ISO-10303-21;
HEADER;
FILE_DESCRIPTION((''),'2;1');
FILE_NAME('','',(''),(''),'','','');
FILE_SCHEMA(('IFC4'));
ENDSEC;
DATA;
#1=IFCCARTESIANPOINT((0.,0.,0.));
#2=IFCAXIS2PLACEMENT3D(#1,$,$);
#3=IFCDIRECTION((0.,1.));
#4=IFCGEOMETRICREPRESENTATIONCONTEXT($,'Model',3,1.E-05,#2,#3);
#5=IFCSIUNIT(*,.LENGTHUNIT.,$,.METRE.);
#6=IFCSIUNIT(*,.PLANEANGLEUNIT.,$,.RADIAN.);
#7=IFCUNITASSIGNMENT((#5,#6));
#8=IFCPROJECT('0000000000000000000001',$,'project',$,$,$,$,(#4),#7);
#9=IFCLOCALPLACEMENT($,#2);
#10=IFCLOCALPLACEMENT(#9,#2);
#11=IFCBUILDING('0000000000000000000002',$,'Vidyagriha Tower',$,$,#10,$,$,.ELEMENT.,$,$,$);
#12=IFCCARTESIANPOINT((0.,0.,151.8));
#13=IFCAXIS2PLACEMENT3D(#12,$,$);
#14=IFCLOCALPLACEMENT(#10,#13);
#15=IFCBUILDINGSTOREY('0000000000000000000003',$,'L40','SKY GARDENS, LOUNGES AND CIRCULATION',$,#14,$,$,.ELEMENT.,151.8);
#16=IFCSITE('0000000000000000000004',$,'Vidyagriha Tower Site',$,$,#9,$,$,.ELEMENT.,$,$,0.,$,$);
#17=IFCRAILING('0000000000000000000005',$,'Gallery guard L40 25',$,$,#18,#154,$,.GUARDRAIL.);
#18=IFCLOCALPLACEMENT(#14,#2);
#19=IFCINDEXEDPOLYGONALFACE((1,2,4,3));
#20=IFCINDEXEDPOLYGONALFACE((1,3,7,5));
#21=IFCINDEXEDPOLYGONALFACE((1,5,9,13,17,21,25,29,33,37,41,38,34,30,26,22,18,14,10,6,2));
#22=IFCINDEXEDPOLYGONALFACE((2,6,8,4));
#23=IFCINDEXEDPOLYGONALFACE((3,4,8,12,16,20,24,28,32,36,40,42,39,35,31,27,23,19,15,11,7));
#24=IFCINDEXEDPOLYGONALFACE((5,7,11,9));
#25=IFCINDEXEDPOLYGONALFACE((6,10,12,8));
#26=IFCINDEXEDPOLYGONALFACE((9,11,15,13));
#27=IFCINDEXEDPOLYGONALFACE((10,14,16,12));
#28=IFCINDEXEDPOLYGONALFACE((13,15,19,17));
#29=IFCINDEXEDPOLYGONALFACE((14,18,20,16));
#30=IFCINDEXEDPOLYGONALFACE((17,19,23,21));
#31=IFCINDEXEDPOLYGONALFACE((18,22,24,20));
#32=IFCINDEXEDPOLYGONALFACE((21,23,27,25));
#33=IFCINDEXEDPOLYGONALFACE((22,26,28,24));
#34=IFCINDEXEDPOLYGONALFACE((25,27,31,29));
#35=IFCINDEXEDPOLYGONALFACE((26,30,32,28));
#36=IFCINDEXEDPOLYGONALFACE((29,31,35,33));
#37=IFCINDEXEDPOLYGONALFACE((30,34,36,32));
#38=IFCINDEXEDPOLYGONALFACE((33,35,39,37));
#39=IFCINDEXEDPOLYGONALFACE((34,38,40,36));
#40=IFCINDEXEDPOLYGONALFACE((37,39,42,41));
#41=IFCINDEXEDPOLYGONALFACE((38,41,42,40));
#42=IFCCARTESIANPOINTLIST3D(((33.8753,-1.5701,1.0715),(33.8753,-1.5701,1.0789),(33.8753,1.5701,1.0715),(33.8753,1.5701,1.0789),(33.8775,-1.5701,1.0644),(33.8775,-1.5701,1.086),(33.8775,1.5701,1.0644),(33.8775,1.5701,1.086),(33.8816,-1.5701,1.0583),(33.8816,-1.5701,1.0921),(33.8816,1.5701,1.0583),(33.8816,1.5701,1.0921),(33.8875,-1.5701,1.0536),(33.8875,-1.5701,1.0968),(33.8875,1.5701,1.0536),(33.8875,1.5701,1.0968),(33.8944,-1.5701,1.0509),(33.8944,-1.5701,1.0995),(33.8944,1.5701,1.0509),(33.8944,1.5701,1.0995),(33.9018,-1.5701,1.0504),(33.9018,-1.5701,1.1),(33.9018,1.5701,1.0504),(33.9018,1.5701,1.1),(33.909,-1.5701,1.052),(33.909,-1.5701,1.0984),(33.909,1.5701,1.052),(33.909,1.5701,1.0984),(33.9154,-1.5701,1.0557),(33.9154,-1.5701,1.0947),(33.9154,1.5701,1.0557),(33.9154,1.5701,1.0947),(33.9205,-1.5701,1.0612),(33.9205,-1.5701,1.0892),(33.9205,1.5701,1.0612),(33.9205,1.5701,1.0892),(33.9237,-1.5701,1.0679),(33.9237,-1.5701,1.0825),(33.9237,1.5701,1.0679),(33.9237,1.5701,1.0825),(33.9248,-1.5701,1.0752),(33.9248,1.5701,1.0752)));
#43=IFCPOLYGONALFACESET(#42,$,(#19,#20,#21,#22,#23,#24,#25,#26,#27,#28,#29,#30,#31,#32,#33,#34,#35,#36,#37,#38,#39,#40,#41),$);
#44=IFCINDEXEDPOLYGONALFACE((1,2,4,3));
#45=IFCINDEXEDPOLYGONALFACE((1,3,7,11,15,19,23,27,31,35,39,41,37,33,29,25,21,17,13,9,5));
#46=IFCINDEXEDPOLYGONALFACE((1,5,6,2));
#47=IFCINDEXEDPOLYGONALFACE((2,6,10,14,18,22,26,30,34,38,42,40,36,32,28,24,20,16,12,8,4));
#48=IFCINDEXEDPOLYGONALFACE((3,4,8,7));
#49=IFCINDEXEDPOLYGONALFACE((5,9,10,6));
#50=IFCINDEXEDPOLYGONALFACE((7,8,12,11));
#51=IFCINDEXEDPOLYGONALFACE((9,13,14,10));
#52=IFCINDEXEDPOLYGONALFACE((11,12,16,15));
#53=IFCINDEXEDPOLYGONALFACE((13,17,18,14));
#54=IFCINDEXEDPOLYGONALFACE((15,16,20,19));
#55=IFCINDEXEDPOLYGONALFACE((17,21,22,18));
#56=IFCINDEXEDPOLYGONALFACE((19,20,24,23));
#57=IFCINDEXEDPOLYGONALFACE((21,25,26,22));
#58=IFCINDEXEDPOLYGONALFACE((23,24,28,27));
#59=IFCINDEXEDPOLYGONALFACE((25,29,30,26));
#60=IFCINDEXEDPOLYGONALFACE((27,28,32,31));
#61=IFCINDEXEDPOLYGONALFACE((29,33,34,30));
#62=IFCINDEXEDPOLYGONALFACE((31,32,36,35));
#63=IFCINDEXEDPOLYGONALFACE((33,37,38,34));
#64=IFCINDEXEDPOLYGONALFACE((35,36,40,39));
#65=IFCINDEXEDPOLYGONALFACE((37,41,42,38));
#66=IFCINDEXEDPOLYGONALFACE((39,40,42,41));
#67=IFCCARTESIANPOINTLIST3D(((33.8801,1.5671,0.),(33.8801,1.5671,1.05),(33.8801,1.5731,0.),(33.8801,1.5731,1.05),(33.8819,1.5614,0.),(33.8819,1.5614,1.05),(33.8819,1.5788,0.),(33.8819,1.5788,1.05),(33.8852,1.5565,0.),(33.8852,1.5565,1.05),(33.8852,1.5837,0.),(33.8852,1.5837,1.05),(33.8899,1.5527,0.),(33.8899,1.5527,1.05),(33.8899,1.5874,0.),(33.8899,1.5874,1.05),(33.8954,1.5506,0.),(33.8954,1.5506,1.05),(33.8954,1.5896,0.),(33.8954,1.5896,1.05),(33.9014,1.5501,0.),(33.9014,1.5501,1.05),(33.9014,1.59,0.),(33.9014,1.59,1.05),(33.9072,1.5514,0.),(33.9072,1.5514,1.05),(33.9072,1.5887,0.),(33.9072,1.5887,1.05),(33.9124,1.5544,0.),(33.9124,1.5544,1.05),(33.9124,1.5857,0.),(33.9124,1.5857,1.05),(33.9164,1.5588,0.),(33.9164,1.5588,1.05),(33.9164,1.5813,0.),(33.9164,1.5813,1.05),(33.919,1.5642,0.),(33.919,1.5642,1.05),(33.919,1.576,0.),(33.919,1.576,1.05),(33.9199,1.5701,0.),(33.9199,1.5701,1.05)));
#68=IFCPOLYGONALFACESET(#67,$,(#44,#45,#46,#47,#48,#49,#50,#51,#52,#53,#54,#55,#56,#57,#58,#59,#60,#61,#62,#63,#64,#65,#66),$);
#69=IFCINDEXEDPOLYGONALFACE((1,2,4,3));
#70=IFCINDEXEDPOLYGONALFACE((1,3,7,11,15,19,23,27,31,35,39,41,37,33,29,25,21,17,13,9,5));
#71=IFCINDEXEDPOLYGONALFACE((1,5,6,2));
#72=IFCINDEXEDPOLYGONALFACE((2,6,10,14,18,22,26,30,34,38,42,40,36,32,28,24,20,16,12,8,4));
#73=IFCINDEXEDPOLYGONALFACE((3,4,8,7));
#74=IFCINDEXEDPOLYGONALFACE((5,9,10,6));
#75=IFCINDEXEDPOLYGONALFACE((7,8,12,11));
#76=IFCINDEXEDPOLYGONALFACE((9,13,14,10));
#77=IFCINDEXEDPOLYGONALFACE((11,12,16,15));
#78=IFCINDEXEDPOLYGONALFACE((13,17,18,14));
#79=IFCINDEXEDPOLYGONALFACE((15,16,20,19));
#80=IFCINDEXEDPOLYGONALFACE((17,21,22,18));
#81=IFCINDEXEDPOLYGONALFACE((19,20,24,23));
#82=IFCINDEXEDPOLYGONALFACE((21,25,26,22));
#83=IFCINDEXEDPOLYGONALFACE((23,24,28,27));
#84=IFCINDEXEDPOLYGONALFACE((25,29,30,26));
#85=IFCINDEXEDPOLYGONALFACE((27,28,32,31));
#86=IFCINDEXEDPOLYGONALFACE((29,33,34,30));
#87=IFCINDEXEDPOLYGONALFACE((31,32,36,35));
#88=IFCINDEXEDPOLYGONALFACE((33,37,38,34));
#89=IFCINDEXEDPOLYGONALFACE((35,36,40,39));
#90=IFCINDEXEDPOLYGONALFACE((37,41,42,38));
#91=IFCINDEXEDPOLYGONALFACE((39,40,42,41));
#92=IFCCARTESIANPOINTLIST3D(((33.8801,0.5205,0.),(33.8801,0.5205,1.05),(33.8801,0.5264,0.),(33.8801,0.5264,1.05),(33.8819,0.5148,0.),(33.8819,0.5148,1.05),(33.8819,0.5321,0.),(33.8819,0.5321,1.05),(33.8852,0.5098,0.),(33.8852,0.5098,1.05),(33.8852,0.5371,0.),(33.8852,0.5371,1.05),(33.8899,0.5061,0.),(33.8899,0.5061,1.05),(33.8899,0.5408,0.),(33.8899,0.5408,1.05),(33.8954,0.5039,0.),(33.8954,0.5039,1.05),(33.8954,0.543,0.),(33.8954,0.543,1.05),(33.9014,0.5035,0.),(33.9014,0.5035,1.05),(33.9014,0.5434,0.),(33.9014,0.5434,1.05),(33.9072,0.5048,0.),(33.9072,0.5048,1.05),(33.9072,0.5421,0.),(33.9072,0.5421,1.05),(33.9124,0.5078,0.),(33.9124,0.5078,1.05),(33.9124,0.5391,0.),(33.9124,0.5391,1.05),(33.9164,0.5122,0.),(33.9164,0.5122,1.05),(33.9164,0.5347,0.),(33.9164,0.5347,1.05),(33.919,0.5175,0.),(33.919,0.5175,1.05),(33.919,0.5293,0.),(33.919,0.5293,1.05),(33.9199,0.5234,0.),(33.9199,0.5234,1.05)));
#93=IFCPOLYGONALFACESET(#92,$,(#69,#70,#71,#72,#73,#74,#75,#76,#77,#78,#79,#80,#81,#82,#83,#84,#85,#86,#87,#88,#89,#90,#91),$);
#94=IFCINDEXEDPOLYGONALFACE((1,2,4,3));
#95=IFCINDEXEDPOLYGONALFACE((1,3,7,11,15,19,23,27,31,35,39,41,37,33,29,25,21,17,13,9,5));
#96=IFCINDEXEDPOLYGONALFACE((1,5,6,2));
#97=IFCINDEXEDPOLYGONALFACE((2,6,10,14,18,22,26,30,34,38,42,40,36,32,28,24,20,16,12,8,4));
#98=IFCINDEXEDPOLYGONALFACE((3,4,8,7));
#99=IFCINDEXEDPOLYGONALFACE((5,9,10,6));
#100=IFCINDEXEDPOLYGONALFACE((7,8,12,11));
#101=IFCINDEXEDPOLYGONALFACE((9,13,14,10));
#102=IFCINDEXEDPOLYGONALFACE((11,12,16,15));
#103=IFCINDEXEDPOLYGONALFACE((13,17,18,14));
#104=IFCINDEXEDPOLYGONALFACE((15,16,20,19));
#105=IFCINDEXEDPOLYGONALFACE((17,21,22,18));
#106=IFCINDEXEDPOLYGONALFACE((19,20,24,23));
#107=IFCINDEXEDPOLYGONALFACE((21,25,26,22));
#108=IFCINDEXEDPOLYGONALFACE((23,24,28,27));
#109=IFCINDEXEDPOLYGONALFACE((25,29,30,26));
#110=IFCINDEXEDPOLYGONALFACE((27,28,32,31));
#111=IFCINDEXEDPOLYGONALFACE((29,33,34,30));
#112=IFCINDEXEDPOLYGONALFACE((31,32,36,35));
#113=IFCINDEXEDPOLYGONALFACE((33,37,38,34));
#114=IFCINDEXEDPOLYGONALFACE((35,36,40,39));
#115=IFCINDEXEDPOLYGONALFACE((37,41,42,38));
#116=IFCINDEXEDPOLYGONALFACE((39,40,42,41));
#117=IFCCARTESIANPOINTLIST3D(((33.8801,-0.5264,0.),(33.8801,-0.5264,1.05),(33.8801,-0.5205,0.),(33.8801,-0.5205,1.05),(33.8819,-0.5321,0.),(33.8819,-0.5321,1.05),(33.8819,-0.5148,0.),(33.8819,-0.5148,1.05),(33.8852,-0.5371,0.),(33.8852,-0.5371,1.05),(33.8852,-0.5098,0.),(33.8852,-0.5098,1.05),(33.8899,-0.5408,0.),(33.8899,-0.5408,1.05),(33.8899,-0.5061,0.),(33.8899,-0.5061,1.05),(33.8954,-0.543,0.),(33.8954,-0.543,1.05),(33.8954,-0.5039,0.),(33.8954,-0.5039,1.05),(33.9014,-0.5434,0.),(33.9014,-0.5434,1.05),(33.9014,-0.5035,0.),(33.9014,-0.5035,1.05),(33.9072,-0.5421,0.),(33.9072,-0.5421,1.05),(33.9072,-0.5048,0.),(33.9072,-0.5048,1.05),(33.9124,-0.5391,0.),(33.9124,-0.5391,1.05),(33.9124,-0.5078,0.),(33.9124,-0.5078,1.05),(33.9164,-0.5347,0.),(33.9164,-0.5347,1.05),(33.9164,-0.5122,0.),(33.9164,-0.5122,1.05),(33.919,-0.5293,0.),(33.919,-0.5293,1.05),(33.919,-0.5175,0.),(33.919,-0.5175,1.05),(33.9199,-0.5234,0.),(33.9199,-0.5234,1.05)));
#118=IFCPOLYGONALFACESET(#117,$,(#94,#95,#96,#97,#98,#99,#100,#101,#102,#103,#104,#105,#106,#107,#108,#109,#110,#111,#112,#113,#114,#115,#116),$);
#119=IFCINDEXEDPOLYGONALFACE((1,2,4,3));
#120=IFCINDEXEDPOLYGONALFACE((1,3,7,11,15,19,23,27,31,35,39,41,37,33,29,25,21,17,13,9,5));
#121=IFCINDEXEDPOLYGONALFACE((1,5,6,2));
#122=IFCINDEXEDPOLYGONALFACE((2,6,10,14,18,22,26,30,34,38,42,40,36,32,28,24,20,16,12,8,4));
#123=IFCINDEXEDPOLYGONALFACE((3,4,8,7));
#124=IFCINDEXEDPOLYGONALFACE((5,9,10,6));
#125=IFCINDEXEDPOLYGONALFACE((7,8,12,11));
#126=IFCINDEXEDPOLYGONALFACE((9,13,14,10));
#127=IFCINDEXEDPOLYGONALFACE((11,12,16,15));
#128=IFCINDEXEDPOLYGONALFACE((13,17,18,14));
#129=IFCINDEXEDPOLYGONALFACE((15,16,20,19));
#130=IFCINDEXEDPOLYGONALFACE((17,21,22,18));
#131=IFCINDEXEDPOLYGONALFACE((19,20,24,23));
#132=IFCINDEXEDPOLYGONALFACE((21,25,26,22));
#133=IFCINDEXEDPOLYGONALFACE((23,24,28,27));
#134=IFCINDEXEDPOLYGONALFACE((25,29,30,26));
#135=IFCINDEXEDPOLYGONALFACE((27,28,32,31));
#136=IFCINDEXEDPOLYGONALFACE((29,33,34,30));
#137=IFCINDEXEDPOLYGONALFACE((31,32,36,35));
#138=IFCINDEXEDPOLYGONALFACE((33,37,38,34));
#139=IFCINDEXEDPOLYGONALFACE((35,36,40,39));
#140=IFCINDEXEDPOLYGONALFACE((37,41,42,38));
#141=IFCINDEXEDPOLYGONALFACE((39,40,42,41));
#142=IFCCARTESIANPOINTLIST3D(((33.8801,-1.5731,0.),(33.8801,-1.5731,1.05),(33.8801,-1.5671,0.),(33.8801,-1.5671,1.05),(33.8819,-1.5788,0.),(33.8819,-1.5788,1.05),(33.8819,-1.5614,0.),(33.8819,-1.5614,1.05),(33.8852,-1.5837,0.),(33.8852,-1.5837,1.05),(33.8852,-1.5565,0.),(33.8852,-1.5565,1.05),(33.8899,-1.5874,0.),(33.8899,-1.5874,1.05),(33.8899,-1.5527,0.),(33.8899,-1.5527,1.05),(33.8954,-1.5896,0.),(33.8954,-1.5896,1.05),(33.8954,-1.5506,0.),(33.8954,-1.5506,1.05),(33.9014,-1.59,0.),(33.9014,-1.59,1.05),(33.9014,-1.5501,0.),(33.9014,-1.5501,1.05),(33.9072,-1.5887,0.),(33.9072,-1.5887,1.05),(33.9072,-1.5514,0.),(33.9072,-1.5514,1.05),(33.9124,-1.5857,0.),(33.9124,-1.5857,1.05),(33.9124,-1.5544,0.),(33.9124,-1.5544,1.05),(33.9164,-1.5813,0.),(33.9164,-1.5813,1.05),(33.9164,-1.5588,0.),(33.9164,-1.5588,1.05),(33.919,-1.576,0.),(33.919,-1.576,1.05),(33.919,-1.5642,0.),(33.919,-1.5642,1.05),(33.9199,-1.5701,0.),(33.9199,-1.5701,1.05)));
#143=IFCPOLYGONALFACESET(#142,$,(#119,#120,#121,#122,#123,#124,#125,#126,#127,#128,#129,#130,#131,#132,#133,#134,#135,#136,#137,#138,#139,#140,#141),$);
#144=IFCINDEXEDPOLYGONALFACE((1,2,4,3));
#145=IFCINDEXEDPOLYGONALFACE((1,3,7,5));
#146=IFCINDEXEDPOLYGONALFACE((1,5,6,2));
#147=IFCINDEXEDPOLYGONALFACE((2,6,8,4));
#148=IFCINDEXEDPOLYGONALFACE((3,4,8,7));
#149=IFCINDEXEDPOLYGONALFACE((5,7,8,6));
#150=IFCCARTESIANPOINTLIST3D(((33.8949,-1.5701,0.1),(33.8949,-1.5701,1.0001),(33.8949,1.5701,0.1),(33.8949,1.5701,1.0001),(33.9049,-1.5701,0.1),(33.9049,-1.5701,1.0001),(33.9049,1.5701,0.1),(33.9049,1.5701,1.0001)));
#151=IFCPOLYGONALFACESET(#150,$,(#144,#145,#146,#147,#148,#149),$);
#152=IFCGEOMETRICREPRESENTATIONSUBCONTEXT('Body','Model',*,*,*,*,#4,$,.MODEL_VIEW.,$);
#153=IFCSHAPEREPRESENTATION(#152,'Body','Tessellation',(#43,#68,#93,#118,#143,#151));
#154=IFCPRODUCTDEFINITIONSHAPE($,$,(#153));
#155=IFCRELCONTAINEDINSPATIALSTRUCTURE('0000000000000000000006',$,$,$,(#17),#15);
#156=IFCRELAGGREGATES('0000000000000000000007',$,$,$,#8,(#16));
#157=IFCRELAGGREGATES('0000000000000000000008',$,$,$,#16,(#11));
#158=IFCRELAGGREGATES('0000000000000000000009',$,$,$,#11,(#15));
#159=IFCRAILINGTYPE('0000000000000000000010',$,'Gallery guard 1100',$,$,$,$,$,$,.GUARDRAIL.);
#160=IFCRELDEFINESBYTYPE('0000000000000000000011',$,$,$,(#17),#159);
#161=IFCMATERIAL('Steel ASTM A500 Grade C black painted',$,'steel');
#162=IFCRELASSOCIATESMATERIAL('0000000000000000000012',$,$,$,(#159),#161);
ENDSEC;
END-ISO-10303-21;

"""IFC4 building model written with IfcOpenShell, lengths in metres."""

from ifc_helpers import new_model, si_unit, direction, frame, origin, origin_2d, place, context, subcontext, project, spatial, rectangle, circle, extrude, material, type_object, element, save


model = new_model("IFC4")

# Units and contexts
model_context = context("Model", 3, precision=1e-05, world=origin(), true_north=direction((0.0, 1.0)))
body_context = subcontext(model_context, "Body", "Model", "MODEL_VIEW")
ifc_project = project(units=[si_unit("LENGTHUNIT", "METRE"), si_unit("PLANEANGLEUNIT", "RADIAN")], contexts=[model_context])

# Site, building, storey
site_placement = place(None, origin())
site = spatial("IfcSite", under=ifc_project, at=site_placement, Name="Vidyagriha Tower Site", CompositionType="ELEMENT", RefElevation=0.0)
building_placement = place(site_placement, origin())
building = spatial("IfcBuilding", under=site, at=building_placement, Name="Vidyagriha Tower", CompositionType="ELEMENT")
storey_placement = place(building_placement, frame((0.0, 0.0, 151.8)))
storey = spatial("IfcBuildingStorey", under=building, at=storey_placement, Name="L40", Description="SKY GARDENS, LOUNGES AND CIRCULATION", CompositionType="ELEMENT", Elevation=151.8)

# Railing
ifc_material_1 = material(Name="Steel ASTM A500 Grade C black painted", Category="steel")
railing_type = type_object("IfcRailingType", Name="Gallery guard 1100", PredefinedType="GUARDRAIL", material=ifc_material_1)
railing_1_placement = place(storey_placement, frame((33.8999, 1.5701, 0.0)))
element("IfcRailing", 1, at=railing_1_placement, inside=storey, type_object=railing_type, Name="Gallery guard L40 25", PredefinedType="GUARDRAIL", context=body_context, shape_type="SweptSolid", body=[
    extrude(circle(Radius=0.0249, at=origin_2d()), frame((0.0, 0.0, 1.0752), z_axis=(0.0, -1.0, 0.0), x_axis=(1.0, 0.0, 0.0)), (0.0, 0.0, 1.0), 3.1401),
    extrude(circle(Radius=0.02, at=origin_2d()), origin(), (0.0, 0.0, 1.0), 1.05),
    extrude(circle(Radius=0.02, at=origin_2d()), frame((0.0, -1.0466, 0.0)), (0.0, 0.0, 1.0), 1.05),
    extrude(circle(Radius=0.02, at=origin_2d()), frame((0.0, -2.0935, 0.0)), (0.0, 0.0, 1.0), 1.05),
    extrude(circle(Radius=0.02, at=origin_2d()), frame((0.0, -3.1401, 0.0)), (0.0, 0.0, 1.0), 1.05),
    extrude(rectangle(XDim=0.01, YDim=0.9001, at=origin_2d()), frame((0.0, 0.0, 0.55), z_axis=(0.0, -1.0, 0.0), x_axis=(1.0, 0.0, 0.0)), (0.0, 0.0, 1.0), 3.1401),
])

save(model, "model.ifc")
